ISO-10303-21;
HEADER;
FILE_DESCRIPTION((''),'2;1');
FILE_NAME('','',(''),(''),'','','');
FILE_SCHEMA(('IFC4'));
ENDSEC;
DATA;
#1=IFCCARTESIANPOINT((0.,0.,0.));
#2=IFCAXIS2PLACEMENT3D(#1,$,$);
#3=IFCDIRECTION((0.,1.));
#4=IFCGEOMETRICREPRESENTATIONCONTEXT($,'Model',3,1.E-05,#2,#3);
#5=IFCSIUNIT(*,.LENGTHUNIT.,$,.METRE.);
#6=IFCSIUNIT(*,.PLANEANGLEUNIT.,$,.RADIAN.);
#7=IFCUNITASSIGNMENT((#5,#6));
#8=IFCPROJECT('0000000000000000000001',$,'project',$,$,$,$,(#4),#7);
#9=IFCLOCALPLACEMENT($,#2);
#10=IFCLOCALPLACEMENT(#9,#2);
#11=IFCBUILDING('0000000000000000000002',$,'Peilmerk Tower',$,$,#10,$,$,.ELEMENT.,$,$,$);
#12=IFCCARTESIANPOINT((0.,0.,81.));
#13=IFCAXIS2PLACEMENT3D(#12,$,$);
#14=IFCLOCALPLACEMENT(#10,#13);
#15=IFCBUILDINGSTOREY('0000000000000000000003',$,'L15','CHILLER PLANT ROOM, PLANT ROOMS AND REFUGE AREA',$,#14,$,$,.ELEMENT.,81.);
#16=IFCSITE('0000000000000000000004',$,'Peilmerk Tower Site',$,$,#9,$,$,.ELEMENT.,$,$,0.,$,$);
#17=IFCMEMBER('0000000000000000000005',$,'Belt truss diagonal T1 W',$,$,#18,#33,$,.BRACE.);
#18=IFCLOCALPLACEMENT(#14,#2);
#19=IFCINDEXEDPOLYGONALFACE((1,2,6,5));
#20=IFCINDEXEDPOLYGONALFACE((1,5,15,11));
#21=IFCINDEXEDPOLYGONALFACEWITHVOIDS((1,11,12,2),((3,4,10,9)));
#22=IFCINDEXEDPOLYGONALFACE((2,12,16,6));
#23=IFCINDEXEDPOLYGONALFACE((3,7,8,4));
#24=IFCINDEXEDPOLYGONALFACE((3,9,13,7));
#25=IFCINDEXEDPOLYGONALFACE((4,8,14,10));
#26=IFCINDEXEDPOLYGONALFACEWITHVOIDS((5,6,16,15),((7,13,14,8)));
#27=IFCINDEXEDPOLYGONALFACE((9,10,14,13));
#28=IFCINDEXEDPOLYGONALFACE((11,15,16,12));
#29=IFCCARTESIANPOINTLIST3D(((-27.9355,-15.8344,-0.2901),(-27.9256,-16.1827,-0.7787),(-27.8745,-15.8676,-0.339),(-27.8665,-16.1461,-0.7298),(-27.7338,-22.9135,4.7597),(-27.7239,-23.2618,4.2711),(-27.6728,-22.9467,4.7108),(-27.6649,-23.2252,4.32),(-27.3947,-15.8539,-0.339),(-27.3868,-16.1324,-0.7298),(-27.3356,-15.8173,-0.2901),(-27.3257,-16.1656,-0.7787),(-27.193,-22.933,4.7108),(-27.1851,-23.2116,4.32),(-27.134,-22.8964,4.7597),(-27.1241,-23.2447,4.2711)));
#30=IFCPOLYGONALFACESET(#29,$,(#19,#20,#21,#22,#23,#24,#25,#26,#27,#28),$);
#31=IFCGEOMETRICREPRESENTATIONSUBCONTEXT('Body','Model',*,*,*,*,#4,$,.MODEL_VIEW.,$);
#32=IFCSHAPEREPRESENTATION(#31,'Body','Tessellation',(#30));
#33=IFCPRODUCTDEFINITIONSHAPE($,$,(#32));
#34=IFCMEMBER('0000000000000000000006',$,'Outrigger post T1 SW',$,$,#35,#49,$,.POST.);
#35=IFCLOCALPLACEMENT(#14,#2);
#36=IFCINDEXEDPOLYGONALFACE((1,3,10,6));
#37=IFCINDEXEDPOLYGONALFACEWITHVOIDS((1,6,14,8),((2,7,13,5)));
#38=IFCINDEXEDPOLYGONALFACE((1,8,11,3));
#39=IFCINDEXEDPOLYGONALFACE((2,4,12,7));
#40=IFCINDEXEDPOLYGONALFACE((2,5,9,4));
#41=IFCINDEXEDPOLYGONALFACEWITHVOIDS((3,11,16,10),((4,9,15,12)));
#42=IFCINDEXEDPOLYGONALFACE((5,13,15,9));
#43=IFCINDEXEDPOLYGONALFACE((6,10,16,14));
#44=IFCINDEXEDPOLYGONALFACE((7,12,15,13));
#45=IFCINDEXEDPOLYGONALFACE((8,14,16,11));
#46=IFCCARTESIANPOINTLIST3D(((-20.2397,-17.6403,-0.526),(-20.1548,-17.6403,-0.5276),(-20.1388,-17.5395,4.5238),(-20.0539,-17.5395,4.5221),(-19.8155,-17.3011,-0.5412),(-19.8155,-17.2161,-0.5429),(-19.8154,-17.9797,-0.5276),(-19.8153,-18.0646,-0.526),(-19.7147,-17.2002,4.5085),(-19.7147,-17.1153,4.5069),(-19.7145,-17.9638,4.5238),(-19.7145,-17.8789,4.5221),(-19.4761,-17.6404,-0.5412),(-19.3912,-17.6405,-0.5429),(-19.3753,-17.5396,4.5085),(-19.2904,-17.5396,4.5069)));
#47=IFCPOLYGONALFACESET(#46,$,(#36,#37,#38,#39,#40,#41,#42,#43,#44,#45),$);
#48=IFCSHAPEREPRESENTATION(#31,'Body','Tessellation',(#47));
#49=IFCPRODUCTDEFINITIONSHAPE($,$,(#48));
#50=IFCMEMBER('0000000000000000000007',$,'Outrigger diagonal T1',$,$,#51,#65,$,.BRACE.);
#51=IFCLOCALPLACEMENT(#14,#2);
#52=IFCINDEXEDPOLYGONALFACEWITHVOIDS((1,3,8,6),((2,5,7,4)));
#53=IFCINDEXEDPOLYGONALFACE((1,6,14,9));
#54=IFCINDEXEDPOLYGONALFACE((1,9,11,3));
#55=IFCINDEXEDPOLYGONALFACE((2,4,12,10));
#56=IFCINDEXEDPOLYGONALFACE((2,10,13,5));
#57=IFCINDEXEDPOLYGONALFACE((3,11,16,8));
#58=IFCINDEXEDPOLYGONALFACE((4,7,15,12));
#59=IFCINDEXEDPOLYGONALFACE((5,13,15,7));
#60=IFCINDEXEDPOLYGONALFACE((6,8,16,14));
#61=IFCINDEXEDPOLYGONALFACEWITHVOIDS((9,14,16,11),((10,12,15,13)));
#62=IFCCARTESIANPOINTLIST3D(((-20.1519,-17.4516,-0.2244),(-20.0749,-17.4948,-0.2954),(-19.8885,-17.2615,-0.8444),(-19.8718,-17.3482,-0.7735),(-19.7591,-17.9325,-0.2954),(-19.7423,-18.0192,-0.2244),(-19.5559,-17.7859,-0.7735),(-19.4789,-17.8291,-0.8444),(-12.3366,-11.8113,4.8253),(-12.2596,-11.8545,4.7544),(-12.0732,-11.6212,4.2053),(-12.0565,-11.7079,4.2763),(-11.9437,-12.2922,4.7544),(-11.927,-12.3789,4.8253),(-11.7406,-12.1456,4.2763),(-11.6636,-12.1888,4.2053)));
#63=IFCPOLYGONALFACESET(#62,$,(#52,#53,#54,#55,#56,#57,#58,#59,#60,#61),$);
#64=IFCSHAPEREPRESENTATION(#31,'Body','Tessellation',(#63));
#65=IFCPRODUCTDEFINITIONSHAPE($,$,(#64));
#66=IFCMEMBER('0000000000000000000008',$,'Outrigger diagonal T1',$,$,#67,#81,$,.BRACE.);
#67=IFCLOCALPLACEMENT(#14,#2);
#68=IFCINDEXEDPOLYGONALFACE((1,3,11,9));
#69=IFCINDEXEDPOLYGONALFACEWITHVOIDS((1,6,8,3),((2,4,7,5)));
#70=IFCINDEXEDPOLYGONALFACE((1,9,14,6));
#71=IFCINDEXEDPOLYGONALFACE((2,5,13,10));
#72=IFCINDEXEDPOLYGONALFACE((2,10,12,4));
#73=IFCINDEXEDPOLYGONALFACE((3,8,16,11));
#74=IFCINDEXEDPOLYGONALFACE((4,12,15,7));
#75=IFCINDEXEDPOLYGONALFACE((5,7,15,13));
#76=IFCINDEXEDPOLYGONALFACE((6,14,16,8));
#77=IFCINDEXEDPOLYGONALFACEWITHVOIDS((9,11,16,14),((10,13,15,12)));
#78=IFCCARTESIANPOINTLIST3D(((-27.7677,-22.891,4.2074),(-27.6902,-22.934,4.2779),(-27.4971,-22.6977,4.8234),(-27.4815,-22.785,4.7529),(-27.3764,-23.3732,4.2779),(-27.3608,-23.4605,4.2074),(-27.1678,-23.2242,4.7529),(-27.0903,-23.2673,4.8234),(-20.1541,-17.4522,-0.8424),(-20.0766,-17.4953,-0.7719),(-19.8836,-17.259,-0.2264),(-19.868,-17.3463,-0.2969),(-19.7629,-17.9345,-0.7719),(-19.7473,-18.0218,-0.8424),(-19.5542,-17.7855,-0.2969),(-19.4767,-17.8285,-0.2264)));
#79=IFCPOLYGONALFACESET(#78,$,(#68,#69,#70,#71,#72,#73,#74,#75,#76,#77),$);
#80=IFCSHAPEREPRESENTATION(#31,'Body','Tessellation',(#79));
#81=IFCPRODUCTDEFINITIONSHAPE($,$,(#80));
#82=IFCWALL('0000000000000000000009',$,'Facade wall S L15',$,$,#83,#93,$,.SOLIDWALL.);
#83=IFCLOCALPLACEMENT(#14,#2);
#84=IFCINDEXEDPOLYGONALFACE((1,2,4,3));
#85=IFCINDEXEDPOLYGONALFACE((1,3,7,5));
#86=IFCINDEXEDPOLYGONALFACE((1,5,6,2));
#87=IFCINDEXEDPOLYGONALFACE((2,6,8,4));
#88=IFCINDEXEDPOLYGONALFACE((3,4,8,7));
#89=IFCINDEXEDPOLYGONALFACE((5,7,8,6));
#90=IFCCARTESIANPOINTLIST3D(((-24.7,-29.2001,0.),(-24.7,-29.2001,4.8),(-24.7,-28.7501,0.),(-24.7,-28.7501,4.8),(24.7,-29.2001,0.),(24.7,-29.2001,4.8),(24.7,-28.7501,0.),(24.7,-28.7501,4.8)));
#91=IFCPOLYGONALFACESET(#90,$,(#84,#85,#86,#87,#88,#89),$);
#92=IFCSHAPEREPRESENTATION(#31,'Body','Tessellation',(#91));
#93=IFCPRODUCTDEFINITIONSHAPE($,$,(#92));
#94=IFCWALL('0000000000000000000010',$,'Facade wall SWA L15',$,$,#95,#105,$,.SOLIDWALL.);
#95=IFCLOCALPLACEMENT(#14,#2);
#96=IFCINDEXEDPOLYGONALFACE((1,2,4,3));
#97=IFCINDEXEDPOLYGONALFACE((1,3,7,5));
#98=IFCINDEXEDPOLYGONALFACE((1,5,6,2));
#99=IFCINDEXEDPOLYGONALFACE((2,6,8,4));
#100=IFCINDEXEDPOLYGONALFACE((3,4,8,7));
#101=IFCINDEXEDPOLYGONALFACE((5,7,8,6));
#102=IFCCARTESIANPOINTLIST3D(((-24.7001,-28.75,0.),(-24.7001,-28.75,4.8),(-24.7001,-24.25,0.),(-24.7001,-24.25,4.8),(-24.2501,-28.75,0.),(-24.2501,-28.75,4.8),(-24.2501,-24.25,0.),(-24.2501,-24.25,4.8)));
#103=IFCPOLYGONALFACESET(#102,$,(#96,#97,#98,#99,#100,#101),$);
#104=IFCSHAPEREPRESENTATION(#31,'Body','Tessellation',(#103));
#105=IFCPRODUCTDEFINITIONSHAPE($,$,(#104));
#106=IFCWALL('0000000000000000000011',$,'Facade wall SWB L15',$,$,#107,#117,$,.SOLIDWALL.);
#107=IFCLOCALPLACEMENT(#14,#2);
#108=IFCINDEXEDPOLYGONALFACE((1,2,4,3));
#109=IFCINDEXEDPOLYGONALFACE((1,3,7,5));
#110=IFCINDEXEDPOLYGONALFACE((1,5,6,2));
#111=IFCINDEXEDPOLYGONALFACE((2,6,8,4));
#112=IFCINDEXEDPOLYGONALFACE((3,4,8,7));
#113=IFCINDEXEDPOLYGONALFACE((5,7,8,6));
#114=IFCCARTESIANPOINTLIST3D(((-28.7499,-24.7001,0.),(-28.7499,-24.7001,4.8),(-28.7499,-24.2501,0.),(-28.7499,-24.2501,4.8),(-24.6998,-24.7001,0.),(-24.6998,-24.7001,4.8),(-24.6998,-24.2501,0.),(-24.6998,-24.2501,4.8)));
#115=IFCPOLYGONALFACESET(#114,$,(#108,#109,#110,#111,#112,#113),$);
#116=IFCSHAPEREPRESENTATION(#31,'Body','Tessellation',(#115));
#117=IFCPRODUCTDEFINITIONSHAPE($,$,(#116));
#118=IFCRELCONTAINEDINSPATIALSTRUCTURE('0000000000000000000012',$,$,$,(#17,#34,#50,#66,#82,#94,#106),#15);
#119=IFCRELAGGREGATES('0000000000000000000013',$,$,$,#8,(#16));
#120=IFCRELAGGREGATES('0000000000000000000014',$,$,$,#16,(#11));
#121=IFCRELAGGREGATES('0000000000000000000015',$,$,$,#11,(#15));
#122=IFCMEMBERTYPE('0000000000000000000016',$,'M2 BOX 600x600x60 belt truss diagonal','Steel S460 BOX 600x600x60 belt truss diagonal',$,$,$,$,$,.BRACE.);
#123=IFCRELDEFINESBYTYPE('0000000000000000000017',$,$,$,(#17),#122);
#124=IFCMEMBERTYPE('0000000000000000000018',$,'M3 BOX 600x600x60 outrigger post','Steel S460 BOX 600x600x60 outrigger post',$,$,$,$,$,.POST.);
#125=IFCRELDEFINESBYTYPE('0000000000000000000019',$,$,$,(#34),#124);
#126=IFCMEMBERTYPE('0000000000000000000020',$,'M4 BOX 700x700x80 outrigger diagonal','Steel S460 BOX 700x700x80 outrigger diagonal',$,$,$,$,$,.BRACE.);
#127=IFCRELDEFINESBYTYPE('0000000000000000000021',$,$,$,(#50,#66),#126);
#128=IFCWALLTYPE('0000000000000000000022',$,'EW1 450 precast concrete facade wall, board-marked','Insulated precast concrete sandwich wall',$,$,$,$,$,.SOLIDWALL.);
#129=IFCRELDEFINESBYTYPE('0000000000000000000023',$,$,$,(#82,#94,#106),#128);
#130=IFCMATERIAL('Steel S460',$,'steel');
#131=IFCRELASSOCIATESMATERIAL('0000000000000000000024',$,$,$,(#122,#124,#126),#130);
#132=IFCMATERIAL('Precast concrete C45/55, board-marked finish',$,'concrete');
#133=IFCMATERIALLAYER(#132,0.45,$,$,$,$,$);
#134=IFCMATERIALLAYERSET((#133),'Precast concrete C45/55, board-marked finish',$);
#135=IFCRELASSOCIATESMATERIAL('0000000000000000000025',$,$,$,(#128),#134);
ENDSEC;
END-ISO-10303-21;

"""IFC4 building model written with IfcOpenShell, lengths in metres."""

from ifc_helpers import new_model, si_unit, direction, frame, frame_2d, origin, origin_2d, place, context, subcontext, project, spatial, rectangle, hollow_rectangle, extrude, material, layer, layer_set, material_profile, profile_set, type_object, element, save


model = new_model("IFC4")

# Units and contexts
model_context = context("Model", 3, precision=1e-05, world=origin(), true_north=direction((0.0, 1.0)))
body_context = subcontext(model_context, "Body", "Model", "MODEL_VIEW")
ifc_project = project(units=[si_unit("LENGTHUNIT", "METRE"), si_unit("PLANEANGLEUNIT", "RADIAN")], contexts=[model_context])

# Site, building, storey
site_placement = place(None, origin())
site = spatial("IfcSite", under=ifc_project, at=site_placement, Name="Peilmerk Tower Site", CompositionType="ELEMENT", RefElevation=0.0)
building_placement = place(site_placement, origin())
building = spatial("IfcBuilding", under=site, at=building_placement, Name="Peilmerk Tower", CompositionType="ELEMENT")
storey_placement = place(building_placement, frame((0.0, 0.0, 81.0)))
storey = spatial("IfcBuildingStorey", under=building, at=storey_placement, Name="L15", Description="CHILLER PLANT ROOM, PLANT ROOMS AND REFUGE AREA", CompositionType="ELEMENT", Elevation=81.0)

# Shared definitions
ifc_material_1 = material(Name="Steel S460", Category="steel")

# Members
ifc_material_profile_1 = material_profile(ifc_material_1, hollow_rectangle(XDim=0.6001, YDim=0.6001, WallThickness=0.0601, at=origin_2d()), Name="BOX 600x600x60")
ifc_profile_set_1 = profile_set([ifc_material_profile_1], Name="Steel S460")
member_type_1 = type_object("IfcMemberType", Name="M2 BOX 600x600x60 belt truss diagonal", Description="Steel S460 BOX 600x600x60 belt truss diagonal", PredefinedType="BRACE", material=ifc_profile_set_1)
member_1_placement = place(storey_placement, frame((-27.6306, -16.0, -0.5344), z_axis=(0.023185, -0.813879, 0.580572), x_axis=(0.999595, 0.028475, 0.0)))
element("IfcMember", 1, at=member_1_placement, inside=storey, type_object=member_type_1, Name="Belt truss diagonal T1 W", PredefinedType="BRACE", context=body_context, shape_type="SweptSolid", body=[
    extrude(hollow_rectangle(XDim=0.6001, YDim=0.6001, WallThickness=0.0601, at=origin_2d()), origin(), (0.0, 0.0, 1.0), 8.698),
])
ifc_material_profile_2 = material_profile(ifc_material_1, hollow_rectangle(XDim=0.6001, YDim=0.6001, WallThickness=0.0601, at=origin_2d()), Name="BOX 600x600x60")
ifc_profile_set_2 = profile_set([ifc_material_profile_2], Name="Steel S460")
member_type_2 = type_object("IfcMemberType", Name="M3 BOX 600x600x60 outrigger post", Description="Steel S460 BOX 600x600x60 outrigger post", PredefinedType="POST", material=ifc_profile_set_2)
member_2_placement = place(storey_placement, frame((-19.8154, -17.6404, -0.5344), z_axis=(0.019959, 0.019959, 0.999602), x_axis=(-0.707107, 0.707107, 0.0)))
element("IfcMember", 2, at=member_2_placement, inside=storey, type_object=member_type_2, Name="Outrigger post T1 SW", PredefinedType="POST", context=body_context, shape_type="SweptSolid", body=[
    extrude(hollow_rectangle(XDim=0.6001, YDim=0.6001, WallThickness=0.0601, at=origin_2d()), origin(), (0.0, 0.0, 1.0), 5.0518),
])
ifc_material_profile_3 = material_profile(ifc_material_1, hollow_rectangle(XDim=0.7, YDim=0.7, WallThickness=0.0801, at=origin_2d()), Name="BOX 700x700x80")
ifc_profile_set_3 = profile_set([ifc_material_profile_3], Name="Steel S460")
member_type_3 = type_object("IfcMemberType", Name="M4 BOX 700x700x80 outrigger diagonal", Description="Steel S460 BOX 700x700x80 outrigger diagonal", PredefinedType="BRACE", material=ifc_profile_set_3)
member_3_placement = place(storey_placement, frame((-19.8154, -17.6404, -0.5344), z_axis=(0.718266, 0.518371, 0.464095), x_axis=(-0.585211, 0.810881, 0.0)))
element("IfcMember", 3, at=member_3_placement, inside=storey, type_object=member_type_3, Name="Outrigger diagonal T1", PredefinedType="BRACE", context=body_context, shape_type="SweptSolid", body=[
    extrude(hollow_rectangle(XDim=0.7, YDim=0.7, WallThickness=0.0801, at=origin_2d()), origin(), (0.0, 0.0, 1.0), 10.8809),
])
member_4_placement = place(storey_placement, frame((-19.8154, -17.6404, -0.5344), z_axis=(-0.716075, -0.511528, 0.474949), x_axis=(0.581273, -0.813709, 0.0)))
element("IfcMember", 4, at=member_4_placement, inside=storey, type_object=member_type_3, Name="Outrigger diagonal T1", PredefinedType="BRACE", context=body_context, shape_type="SweptSolid", body=[
    extrude(hollow_rectangle(XDim=0.7, YDim=0.7, WallThickness=0.0801, at=origin_2d()), origin(), (0.0, 0.0, 1.0), 10.6323),
])

# Walls
ifc_material_2 = material(Name="Precast concrete C45/55, board-marked finish", Category="concrete")
ifc_layer = layer(ifc_material_2, 0.45)
ifc_layer_set = layer_set([ifc_layer], Name="Precast concrete C45/55, board-marked finish")
wall_type = type_object("IfcWallType", Name="EW1 450 precast concrete facade wall, board-marked", Description="Insulated precast concrete sandwich wall", PredefinedType="SOLIDWALL", material=ifc_layer_set)
wall_1_placement = place(storey_placement, frame((-24.7, -28.9751, 0.0), z_axis=(0.0, 0.0, 1.0), x_axis=(1.0, 0.0, 0.0)))
element("IfcWall", 5, at=wall_1_placement, inside=storey, type_object=wall_type, Name="Facade wall S L15", PredefinedType="SOLIDWALL", context=body_context, shape_type="SweptSolid", body=[
    extrude(rectangle(XDim=49.3999, YDim=0.45, at=frame_2d((24.7, 0.0))), origin(), (0.0, 0.0, 1.0), 4.8),
])
wall_2_placement = place(storey_placement, frame((-24.4751, -24.25, 0.0), z_axis=(0.0, 0.0, 1.0), x_axis=(0.0, -1.0, 0.0)))
element("IfcWall", 6, at=wall_2_placement, inside=storey, type_object=wall_type, Name="Facade wall SWA L15", PredefinedType="SOLIDWALL", context=body_context, shape_type="SweptSolid", body=[
    extrude(rectangle(XDim=4.5, YDim=0.45, at=frame_2d((2.25, 0.0))), origin(), (0.0, 0.0, 1.0), 4.8),
])
wall_3_placement = place(storey_placement, frame((-24.7, -24.4751, 0.0), z_axis=(0.0, 0.0, 1.0), x_axis=(-1.0, 0.0, 0.0)))
element("IfcWall", 7, at=wall_3_placement, inside=storey, type_object=wall_type, Name="Facade wall SWB L15", PredefinedType="SOLIDWALL", context=body_context, shape_type="SweptSolid", body=[
    extrude(rectangle(XDim=4.05, YDim=0.45, at=frame_2d((2.0249, 0.0))), origin(), (0.0, 0.0, 1.0), 4.8),
])

save(model, "model.ifc")
